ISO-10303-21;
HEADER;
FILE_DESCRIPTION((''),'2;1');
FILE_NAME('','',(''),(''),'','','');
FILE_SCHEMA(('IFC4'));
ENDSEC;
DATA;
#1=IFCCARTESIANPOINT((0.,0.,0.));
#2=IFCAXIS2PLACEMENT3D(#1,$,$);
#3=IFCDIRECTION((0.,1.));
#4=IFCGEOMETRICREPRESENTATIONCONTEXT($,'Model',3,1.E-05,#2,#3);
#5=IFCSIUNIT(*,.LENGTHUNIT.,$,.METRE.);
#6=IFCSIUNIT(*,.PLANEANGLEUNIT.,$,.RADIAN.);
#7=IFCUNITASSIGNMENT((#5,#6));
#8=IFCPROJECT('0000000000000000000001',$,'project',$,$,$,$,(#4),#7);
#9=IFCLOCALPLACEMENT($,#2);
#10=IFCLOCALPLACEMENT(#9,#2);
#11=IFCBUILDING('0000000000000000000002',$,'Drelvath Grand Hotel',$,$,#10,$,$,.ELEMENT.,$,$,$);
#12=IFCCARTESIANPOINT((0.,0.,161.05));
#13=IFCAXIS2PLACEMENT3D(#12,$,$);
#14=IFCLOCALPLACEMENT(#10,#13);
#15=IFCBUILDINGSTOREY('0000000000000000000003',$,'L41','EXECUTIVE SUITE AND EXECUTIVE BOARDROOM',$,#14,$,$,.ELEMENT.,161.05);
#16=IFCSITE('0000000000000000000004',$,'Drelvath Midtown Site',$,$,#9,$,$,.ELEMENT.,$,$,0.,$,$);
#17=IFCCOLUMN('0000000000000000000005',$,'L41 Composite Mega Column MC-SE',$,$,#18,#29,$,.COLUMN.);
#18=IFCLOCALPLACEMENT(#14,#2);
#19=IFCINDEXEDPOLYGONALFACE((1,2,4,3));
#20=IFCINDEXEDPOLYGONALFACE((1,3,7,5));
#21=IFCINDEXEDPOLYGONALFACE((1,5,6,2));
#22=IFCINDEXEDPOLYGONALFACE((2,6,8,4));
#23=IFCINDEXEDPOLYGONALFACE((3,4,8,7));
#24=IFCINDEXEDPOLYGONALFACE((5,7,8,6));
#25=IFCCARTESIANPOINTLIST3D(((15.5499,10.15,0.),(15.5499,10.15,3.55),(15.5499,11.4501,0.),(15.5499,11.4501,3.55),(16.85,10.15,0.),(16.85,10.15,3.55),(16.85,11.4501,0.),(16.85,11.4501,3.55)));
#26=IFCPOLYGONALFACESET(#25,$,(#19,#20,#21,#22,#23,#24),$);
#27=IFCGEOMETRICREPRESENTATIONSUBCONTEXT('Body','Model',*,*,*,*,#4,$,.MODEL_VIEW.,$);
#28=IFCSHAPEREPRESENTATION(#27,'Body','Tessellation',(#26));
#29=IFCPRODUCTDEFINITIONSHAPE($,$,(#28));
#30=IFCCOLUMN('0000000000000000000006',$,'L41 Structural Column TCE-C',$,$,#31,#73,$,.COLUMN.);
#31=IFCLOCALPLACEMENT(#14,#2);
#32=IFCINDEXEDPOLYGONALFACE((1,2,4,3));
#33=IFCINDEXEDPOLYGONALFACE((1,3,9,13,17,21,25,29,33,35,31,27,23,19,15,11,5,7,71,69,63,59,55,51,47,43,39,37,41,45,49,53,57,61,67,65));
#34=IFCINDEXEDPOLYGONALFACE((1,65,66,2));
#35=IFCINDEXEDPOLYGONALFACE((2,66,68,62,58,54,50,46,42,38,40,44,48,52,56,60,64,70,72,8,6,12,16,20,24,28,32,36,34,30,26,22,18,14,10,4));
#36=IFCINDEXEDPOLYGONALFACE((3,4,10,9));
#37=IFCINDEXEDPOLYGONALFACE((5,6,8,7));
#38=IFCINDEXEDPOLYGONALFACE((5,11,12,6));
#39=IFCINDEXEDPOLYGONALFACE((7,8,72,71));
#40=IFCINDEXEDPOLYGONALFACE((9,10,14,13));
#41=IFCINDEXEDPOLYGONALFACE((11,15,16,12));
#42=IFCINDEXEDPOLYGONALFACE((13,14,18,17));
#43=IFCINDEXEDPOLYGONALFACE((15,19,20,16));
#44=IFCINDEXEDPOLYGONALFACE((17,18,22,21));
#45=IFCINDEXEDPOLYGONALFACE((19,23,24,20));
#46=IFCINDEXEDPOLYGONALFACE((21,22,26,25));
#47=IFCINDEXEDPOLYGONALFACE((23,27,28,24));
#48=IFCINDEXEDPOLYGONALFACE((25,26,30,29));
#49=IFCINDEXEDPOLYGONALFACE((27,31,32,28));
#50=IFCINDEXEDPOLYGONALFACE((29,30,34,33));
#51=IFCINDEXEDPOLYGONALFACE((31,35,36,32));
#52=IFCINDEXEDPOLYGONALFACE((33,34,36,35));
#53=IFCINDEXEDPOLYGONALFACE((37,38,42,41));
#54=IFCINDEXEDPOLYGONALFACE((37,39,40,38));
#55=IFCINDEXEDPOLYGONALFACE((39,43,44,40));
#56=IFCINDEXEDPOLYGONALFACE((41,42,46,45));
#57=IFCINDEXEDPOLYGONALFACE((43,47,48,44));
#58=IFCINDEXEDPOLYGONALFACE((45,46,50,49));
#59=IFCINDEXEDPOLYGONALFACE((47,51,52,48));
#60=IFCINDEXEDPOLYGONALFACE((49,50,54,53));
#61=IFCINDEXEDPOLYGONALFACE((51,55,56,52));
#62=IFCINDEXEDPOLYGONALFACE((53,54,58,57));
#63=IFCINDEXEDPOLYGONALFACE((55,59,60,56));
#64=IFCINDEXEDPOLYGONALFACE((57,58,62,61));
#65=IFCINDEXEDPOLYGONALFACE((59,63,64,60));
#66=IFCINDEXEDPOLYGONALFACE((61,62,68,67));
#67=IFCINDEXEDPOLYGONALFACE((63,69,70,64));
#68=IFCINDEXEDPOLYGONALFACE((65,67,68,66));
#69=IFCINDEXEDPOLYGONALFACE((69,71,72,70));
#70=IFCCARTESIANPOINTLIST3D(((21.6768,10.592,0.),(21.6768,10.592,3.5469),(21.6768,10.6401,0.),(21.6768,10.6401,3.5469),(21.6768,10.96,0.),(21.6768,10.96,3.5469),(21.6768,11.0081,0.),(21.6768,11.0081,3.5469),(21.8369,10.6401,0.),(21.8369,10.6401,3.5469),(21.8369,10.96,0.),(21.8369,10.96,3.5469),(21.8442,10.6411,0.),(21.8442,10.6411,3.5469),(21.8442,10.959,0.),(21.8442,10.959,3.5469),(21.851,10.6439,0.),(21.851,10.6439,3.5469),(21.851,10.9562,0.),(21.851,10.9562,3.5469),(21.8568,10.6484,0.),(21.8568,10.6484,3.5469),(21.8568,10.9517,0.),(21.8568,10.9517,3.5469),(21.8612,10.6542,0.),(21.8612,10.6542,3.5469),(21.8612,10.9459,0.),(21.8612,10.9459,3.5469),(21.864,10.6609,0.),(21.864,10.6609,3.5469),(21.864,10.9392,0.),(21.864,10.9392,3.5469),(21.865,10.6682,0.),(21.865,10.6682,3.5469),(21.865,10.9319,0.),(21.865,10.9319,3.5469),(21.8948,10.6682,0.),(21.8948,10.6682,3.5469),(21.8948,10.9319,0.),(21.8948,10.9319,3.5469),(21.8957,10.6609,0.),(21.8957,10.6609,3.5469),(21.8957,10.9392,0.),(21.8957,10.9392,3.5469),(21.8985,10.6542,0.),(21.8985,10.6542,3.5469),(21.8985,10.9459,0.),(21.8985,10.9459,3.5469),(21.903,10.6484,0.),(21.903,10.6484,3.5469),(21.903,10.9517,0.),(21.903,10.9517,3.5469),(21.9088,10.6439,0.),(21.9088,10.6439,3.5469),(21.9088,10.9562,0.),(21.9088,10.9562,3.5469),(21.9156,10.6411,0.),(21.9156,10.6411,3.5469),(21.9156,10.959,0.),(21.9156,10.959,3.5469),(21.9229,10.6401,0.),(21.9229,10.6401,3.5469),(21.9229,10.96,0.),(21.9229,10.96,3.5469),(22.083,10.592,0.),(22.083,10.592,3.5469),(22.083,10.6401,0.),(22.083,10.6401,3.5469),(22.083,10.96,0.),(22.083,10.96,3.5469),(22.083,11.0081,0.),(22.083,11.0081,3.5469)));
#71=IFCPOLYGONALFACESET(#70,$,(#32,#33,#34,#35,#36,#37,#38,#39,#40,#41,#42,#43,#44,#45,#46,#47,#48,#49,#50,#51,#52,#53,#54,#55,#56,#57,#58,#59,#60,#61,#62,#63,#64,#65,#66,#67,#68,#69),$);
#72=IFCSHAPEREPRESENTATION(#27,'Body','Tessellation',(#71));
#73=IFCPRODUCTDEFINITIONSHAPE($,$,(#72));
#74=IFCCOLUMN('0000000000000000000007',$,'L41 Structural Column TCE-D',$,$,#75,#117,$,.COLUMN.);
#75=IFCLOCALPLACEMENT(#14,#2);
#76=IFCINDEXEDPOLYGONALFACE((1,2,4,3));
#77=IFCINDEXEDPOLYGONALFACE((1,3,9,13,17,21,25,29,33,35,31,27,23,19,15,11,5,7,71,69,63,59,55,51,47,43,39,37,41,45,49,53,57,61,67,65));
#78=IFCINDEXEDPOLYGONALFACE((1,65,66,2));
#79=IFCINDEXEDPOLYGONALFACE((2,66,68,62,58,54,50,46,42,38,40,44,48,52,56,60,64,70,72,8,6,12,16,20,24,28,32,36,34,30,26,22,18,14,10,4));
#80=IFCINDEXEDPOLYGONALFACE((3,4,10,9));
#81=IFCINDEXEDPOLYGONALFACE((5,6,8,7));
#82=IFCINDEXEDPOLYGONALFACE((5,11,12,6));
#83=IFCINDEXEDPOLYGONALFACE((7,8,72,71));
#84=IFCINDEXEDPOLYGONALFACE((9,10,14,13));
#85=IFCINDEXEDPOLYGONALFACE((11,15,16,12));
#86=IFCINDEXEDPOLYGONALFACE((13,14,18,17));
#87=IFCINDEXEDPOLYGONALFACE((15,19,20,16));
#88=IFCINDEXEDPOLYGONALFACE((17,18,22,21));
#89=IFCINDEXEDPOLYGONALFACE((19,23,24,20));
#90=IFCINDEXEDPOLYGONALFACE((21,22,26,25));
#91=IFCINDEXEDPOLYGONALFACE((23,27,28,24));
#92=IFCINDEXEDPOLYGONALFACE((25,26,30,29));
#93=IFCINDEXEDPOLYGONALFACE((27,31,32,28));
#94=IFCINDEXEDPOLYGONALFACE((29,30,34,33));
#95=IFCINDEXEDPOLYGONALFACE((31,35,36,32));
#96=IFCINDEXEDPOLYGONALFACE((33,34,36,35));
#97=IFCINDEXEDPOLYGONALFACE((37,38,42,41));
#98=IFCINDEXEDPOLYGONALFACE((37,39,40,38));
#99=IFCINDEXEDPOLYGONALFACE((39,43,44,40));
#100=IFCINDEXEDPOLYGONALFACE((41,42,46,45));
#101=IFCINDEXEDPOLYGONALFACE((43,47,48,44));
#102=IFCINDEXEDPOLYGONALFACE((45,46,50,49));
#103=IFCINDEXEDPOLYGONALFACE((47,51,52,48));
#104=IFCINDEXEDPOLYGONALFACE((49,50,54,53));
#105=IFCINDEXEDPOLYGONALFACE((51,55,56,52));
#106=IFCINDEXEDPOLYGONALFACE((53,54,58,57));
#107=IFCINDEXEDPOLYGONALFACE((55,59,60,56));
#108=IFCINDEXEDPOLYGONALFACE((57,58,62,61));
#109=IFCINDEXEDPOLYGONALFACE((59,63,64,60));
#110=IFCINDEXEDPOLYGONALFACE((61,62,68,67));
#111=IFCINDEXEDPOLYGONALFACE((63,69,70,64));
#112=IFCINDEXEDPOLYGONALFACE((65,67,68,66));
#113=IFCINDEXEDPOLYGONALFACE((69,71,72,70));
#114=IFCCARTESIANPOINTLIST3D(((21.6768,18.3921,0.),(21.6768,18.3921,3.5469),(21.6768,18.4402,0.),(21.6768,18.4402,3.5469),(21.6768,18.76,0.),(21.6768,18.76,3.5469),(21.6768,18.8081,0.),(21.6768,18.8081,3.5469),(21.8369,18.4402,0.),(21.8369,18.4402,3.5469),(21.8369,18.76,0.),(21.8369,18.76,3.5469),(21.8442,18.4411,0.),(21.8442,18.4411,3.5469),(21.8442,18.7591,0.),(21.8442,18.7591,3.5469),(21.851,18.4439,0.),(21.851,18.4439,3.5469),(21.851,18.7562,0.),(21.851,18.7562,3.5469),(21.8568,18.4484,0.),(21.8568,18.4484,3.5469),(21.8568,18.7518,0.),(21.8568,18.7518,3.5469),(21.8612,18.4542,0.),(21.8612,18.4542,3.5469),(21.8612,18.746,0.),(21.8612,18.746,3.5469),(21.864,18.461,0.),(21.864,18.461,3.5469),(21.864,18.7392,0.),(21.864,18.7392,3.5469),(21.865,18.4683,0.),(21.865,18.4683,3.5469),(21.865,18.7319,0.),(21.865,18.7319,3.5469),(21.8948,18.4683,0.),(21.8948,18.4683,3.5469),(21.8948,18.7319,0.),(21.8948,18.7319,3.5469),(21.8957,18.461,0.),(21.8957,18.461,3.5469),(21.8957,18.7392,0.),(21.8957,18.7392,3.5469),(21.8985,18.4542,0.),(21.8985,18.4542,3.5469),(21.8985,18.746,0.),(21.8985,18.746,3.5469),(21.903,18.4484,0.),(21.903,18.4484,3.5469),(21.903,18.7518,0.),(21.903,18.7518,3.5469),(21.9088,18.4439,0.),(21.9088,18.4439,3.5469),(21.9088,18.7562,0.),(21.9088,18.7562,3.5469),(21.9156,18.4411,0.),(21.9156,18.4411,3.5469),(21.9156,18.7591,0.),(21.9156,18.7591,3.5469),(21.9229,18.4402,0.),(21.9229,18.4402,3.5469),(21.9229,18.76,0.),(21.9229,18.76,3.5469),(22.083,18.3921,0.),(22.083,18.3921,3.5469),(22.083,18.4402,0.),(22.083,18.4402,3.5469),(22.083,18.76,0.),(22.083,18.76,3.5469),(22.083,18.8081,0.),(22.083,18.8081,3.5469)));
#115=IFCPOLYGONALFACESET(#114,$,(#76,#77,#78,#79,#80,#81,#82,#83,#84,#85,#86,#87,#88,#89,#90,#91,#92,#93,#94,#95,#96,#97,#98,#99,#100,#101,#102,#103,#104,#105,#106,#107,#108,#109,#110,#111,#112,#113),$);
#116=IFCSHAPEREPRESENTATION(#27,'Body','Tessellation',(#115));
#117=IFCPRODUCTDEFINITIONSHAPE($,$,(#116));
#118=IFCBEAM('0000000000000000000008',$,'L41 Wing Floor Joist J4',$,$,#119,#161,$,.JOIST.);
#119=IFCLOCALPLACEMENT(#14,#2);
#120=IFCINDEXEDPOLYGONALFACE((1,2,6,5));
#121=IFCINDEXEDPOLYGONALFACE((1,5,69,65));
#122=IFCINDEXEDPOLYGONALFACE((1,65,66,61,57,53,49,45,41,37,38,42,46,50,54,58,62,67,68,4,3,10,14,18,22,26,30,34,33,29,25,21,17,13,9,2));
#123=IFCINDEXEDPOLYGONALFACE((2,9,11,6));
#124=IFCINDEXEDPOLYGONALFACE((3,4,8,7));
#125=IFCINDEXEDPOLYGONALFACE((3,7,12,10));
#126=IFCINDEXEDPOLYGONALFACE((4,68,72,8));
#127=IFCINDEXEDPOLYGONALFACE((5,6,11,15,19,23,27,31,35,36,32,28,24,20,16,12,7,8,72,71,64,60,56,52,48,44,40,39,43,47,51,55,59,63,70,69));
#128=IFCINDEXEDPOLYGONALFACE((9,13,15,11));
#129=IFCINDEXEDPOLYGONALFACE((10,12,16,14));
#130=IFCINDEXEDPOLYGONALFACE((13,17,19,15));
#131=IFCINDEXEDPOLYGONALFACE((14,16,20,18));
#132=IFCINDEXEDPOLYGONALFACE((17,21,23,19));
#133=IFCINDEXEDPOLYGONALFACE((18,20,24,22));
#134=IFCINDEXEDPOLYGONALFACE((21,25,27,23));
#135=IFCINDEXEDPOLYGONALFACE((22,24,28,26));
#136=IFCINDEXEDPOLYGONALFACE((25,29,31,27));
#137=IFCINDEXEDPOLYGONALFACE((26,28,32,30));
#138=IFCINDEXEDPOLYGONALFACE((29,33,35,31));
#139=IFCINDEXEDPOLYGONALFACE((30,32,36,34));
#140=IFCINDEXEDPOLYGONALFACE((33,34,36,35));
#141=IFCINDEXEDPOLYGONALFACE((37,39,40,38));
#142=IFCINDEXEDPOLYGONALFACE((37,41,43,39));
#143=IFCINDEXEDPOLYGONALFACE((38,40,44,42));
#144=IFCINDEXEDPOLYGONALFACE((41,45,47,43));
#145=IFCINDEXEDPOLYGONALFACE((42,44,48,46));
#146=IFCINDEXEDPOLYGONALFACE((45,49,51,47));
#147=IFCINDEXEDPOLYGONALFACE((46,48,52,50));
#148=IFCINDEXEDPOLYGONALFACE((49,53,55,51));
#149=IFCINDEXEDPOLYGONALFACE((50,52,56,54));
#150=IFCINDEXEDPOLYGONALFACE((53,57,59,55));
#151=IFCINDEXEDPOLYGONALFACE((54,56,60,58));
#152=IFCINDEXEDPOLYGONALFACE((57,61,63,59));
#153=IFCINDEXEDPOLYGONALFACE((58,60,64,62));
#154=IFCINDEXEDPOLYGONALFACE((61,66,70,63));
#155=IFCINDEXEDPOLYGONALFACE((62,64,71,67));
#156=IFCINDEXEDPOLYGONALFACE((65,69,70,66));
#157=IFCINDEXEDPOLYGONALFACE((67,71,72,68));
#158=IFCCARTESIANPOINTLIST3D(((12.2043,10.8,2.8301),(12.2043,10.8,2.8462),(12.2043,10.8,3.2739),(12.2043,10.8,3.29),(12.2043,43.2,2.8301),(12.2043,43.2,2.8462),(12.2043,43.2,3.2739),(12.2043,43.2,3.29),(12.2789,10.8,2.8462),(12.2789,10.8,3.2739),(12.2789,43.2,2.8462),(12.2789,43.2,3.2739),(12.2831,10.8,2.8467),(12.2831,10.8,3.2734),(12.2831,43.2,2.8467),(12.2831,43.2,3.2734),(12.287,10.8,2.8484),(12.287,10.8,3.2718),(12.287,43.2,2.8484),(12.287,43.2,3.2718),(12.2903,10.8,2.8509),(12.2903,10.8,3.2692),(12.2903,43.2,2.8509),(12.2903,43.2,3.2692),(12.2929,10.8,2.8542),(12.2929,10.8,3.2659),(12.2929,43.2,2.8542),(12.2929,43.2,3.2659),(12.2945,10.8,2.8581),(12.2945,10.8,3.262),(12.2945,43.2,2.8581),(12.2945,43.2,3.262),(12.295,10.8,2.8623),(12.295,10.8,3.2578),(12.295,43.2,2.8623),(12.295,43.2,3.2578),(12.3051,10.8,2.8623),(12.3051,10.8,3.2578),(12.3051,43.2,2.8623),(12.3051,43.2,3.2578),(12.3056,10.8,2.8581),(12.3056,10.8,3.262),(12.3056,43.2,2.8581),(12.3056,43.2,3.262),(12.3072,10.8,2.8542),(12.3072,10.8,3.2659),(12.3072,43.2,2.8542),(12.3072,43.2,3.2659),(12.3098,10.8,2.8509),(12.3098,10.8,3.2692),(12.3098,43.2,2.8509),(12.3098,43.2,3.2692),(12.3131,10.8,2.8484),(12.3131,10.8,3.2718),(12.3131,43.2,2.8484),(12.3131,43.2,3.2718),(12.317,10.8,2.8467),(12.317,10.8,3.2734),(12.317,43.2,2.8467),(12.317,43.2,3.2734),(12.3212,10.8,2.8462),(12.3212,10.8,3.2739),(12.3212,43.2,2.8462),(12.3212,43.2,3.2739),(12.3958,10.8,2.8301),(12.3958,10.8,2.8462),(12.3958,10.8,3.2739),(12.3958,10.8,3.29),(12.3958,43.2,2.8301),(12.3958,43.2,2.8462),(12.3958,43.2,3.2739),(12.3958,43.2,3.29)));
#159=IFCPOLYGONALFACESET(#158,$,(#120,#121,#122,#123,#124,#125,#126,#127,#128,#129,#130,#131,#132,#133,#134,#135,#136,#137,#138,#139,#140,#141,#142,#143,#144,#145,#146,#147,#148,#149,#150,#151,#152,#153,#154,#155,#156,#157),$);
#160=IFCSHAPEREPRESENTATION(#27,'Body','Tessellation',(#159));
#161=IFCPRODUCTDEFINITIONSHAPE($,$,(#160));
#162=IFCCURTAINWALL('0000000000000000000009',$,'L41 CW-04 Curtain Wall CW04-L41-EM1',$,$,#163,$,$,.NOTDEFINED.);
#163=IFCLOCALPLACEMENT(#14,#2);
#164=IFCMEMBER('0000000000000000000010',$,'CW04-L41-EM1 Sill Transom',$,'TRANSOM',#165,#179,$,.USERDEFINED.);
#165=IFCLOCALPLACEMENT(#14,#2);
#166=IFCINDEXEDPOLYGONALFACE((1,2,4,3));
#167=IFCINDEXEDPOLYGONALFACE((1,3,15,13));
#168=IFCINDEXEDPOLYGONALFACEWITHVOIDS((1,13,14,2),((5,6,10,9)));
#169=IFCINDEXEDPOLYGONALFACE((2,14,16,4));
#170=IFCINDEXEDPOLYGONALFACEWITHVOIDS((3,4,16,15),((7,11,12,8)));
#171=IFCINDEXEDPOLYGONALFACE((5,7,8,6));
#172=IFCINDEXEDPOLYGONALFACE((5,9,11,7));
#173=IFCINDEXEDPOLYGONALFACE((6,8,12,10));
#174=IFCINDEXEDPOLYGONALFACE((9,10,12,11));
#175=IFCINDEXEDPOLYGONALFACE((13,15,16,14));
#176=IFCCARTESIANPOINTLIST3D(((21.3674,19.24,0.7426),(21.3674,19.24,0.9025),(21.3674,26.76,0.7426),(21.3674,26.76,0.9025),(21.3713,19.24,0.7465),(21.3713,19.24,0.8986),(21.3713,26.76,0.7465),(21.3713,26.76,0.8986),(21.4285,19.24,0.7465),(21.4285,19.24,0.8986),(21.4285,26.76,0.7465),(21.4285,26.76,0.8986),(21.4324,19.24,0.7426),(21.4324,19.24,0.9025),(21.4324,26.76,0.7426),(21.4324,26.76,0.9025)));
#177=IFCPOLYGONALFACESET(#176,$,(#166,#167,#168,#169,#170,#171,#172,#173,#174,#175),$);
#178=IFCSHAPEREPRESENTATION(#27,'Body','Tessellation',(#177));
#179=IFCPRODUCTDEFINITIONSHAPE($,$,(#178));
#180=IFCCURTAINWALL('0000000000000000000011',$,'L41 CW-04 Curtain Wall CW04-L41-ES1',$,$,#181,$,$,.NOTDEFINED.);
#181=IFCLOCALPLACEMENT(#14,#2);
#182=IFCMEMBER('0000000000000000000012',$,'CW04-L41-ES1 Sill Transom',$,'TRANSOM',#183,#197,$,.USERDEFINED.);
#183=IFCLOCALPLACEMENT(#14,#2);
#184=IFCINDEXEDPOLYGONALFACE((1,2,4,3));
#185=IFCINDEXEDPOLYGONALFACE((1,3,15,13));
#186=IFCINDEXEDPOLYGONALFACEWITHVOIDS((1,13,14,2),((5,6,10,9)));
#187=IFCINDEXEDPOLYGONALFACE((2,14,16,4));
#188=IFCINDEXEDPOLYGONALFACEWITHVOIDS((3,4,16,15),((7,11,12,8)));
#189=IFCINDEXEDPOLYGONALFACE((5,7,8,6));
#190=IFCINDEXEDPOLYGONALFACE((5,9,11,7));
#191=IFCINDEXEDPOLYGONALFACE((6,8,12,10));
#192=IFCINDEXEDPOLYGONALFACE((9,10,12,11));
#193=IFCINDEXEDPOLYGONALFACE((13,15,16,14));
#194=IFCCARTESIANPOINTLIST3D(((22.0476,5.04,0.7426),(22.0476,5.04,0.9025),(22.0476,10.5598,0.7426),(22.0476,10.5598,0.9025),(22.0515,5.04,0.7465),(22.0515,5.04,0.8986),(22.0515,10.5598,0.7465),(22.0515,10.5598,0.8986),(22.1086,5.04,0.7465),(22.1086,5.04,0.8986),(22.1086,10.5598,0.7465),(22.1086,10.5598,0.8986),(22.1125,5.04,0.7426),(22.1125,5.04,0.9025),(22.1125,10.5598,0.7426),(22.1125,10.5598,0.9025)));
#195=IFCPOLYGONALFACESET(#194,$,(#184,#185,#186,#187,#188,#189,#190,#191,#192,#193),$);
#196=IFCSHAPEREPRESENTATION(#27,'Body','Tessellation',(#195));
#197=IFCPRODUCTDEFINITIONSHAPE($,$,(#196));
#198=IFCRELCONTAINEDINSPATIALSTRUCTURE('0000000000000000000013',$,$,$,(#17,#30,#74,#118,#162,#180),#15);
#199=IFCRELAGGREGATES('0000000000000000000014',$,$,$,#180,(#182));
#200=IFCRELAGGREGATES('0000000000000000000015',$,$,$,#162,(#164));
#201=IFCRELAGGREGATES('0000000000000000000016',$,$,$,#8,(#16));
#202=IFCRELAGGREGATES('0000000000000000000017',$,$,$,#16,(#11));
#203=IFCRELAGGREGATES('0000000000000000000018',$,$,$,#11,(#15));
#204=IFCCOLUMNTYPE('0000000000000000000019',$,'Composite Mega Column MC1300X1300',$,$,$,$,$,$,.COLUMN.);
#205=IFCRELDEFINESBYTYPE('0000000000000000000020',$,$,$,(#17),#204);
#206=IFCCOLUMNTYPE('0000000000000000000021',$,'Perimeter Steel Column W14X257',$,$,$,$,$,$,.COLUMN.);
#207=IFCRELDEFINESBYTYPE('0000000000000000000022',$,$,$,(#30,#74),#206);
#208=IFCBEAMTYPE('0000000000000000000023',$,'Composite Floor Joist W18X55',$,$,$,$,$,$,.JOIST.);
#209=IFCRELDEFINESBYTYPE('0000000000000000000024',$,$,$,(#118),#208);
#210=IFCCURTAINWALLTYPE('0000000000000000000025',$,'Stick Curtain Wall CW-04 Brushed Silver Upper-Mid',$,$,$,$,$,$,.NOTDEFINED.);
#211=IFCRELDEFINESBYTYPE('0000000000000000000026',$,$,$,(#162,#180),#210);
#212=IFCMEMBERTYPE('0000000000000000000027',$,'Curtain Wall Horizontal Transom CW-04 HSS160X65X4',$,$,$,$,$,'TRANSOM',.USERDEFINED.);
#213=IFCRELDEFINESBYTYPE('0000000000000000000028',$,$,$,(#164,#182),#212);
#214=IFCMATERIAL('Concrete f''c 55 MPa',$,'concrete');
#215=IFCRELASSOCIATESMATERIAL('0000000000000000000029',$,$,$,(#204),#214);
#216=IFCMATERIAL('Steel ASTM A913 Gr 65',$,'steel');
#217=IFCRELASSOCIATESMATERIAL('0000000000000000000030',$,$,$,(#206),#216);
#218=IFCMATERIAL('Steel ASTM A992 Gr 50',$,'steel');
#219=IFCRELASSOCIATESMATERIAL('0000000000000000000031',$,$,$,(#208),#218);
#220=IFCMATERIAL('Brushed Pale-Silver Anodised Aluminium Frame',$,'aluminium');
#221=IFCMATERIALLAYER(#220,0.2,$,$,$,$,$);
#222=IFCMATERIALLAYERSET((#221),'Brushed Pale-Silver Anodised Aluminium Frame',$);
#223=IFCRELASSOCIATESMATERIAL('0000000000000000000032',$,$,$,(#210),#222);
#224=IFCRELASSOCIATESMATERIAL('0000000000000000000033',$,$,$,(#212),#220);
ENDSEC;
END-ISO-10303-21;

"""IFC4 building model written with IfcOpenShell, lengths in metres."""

from ifc_helpers import new_model, si_unit, direction, frame, origin, origin_2d, place, context, subcontext, project, spatial, rectangle, hollow_rectangle, i_section, extrude, material, layer, layer_set, material_profile, profile_set, type_object, element, aggregate, save


model = new_model("IFC4")

# Units and contexts
model_context = context("Model", 3, precision=1e-05, world=origin(), true_north=direction((0.0, 1.0)))
body_context = subcontext(model_context, "Body", "Model", "MODEL_VIEW")
ifc_project = project(units=[si_unit("LENGTHUNIT", "METRE"), si_unit("PLANEANGLEUNIT", "RADIAN")], contexts=[model_context])

# Site, building, storey
site_placement = place(None, origin())
site = spatial("IfcSite", under=ifc_project, at=site_placement, Name="Drelvath Midtown Site", CompositionType="ELEMENT", RefElevation=0.0)
building_placement = place(site_placement, origin())
building = spatial("IfcBuilding", under=site, at=building_placement, Name="Drelvath Grand Hotel", CompositionType="ELEMENT")
storey_placement = place(building_placement, frame((0.0, 0.0, 161.05)))
storey = spatial("IfcBuildingStorey", under=building, at=storey_placement, Name="L41", Description="EXECUTIVE SUITE AND EXECUTIVE BOARDROOM", CompositionType="ELEMENT", Elevation=161.05)

# Columns
ifc_material_1 = material(Name="Concrete f'c 55 MPa", Category="concrete")
ifc_material_profile_1 = material_profile(ifc_material_1, rectangle(XDim=1.3, YDim=1.3, at=origin_2d()), Name="MC1300X1300")
ifc_profile_set_1 = profile_set([ifc_material_profile_1], Name="Concrete f'c 55 MPa")
column_type_1 = type_object("IfcColumnType", Name="Composite Mega Column MC1300X1300", PredefinedType="COLUMN", material=ifc_profile_set_1)
column_placement = place(storey_placement, frame((16.2, 10.8, 0.0), z_axis=(0.0, 0.0, 1.0), x_axis=(1.0, 0.0, 0.0)))
element("IfcColumn", 1, at=column_placement, inside=storey, type_object=column_type_1, Name="L41 Composite Mega Column MC-SE", PredefinedType="COLUMN", context=body_context, shape_type="SweptSolid", body=[
    extrude(rectangle(XDim=1.3, YDim=1.3, at=origin_2d()), origin(), (0.0, 0.0, 1.0), 3.55),
])
ifc_material_2 = material(Name="Steel ASTM A913 Gr 65", Category="steel")
ifc_material_profile_2 = material_profile(ifc_material_2, i_section(OverallWidth=0.4062, OverallDepth=0.416, WebThickness=0.0298, FlangeThickness=0.0481, FilletRadius=0.0281, at=origin_2d()), Name="W14X257")
ifc_profile_set_2 = profile_set([ifc_material_profile_2], Name="Steel ASTM A913 Gr 65")
column_type_2 = type_object("IfcColumnType", Name="Perimeter Steel Column W14X257", PredefinedType="COLUMN", material=ifc_profile_set_2)
for number, where, z_axis, x_axis, name in (
    (2, (21.8799, 10.8, 0.0), (0.0, 0.0, 1.0), (1.0, 0.0, 0.0), "L41 Structural Column TCE-C"),
    (3, (21.8799, 18.6001, 0.0), (0.0, 0.0, 1.0), (1.0, 0.0, 0.0), "L41 Structural Column TCE-D"),
):
    element("IfcColumn", number, at=place(storey_placement, frame(where, z_axis=z_axis, x_axis=x_axis)), inside=storey, type_object=column_type_2, Name=name, PredefinedType="COLUMN", context=body_context, shape_type="SweptSolid", body=[
        extrude(i_section(OverallWidth=0.4062, OverallDepth=0.416, WebThickness=0.0298, FlangeThickness=0.0481, FilletRadius=0.0281, at=origin_2d()), origin(), (0.0, 0.0, 1.0), 3.5469),
    ])

# Beam
ifc_material_3 = material(Name="Steel ASTM A992 Gr 50", Category="steel")
ifc_material_profile_3 = material_profile(ifc_material_3, i_section(OverallWidth=0.1914, OverallDepth=0.46, WebThickness=0.01, FlangeThickness=0.0161, FilletRadius=0.0161, at=origin_2d()), Name="W18X55")
ifc_profile_set_3 = profile_set([ifc_material_profile_3], Name="Steel ASTM A992 Gr 50")
beam_type_1 = type_object("IfcBeamType", Name="Composite Floor Joist W18X55", PredefinedType="JOIST", material=ifc_profile_set_3)
beam_1_placement = place(storey_placement, frame((12.3, 10.8, 3.0601), z_axis=(0.0, 1.0, 0.0), x_axis=(-1.0, 0.0, 0.0)))
element("IfcBeam", 4, at=beam_1_placement, inside=storey, type_object=beam_type_1, Name="L41 Wing Floor Joist J4", PredefinedType="JOIST", context=body_context, shape_type="SweptSolid", body=[
    extrude(i_section(OverallWidth=0.1914, OverallDepth=0.46, WebThickness=0.01, FlangeThickness=0.0161, FilletRadius=0.0161, at=origin_2d()), origin(), (0.0, 0.0, 1.0), 32.3999),
])

# Curtain walls, members
ifc_material_4 = material(Name="Brushed Pale-Silver Anodised Aluminium Frame", Category="aluminium")
ifc_layer_1 = layer(ifc_material_4, 0.2)
ifc_layer_set_1 = layer_set([ifc_layer_1], Name="Brushed Pale-Silver Anodised Aluminium Frame")
curtain_wall_type = type_object("IfcCurtainWallType", Name="Stick Curtain Wall CW-04 Brushed Silver Upper-Mid", PredefinedType="NOTDEFINED", material=ifc_layer_set_1)
curtain_wall_1_placement = place(storey_placement, origin())
curtain_wall_1 = element("IfcCurtainWall", 5, at=curtain_wall_1_placement, inside=storey, type_object=curtain_wall_type, Name="L41 CW-04 Curtain Wall CW04-L41-EM1", PredefinedType="NOTDEFINED")
ifc_material_profile_4 = material_profile(ifc_material_4, hollow_rectangle(XDim=0.0649, YDim=0.1599, WallThickness=0.0039, at=origin_2d()), Name="HSS160X65X4")
ifc_profile_set_4 = profile_set([ifc_material_profile_4], Name="Brushed Pale-Silver Anodised Aluminium Frame")
member_type_1 = type_object("IfcMemberType", Name="Curtain Wall Horizontal Transom CW-04 HSS160X65X4", ElementType="TRANSOM", PredefinedType="USERDEFINED", material=ifc_profile_set_4)
member_1_placement = place(storey_placement, frame((21.3999, 26.76, 0.8225), z_axis=(0.0, -1.0, 0.0), x_axis=(1.0, 0.0, 0.0)))
member_1 = element("IfcMember", 6, at=member_1_placement, type_object=member_type_1, Name="CW04-L41-EM1 Sill Transom", ObjectType="TRANSOM", PredefinedType="USERDEFINED", context=body_context, shape_type="SweptSolid", body=[
    extrude(hollow_rectangle(XDim=0.0649, YDim=0.1599, WallThickness=0.0039, at=origin_2d()), origin(), (0.0, 0.0, 1.0), 7.52),
])
curtain_wall_2_placement = place(storey_placement, origin())
curtain_wall_2 = element("IfcCurtainWall", 7, at=curtain_wall_2_placement, inside=storey, type_object=curtain_wall_type, Name="L41 CW-04 Curtain Wall CW04-L41-ES1", PredefinedType="NOTDEFINED")
member_2_placement = place(storey_placement, frame((22.0801, 10.5598, 0.8225), z_axis=(0.0, -1.0, 0.0), x_axis=(1.0, 0.0, 0.0)))
member_2 = element("IfcMember", 8, at=member_2_placement, type_object=member_type_1, Name="CW04-L41-ES1 Sill Transom", ObjectType="TRANSOM", PredefinedType="USERDEFINED", context=body_context, shape_type="SweptSolid", body=[
    extrude(hollow_rectangle(XDim=0.0649, YDim=0.1599, WallThickness=0.0039, at=origin_2d()), origin(), (0.0, 0.0, 1.0), 5.5198),
])

aggregate(curtain_wall_2, [member_2])

aggregate(curtain_wall_1, [member_1])

save(model, "model.ifc")
